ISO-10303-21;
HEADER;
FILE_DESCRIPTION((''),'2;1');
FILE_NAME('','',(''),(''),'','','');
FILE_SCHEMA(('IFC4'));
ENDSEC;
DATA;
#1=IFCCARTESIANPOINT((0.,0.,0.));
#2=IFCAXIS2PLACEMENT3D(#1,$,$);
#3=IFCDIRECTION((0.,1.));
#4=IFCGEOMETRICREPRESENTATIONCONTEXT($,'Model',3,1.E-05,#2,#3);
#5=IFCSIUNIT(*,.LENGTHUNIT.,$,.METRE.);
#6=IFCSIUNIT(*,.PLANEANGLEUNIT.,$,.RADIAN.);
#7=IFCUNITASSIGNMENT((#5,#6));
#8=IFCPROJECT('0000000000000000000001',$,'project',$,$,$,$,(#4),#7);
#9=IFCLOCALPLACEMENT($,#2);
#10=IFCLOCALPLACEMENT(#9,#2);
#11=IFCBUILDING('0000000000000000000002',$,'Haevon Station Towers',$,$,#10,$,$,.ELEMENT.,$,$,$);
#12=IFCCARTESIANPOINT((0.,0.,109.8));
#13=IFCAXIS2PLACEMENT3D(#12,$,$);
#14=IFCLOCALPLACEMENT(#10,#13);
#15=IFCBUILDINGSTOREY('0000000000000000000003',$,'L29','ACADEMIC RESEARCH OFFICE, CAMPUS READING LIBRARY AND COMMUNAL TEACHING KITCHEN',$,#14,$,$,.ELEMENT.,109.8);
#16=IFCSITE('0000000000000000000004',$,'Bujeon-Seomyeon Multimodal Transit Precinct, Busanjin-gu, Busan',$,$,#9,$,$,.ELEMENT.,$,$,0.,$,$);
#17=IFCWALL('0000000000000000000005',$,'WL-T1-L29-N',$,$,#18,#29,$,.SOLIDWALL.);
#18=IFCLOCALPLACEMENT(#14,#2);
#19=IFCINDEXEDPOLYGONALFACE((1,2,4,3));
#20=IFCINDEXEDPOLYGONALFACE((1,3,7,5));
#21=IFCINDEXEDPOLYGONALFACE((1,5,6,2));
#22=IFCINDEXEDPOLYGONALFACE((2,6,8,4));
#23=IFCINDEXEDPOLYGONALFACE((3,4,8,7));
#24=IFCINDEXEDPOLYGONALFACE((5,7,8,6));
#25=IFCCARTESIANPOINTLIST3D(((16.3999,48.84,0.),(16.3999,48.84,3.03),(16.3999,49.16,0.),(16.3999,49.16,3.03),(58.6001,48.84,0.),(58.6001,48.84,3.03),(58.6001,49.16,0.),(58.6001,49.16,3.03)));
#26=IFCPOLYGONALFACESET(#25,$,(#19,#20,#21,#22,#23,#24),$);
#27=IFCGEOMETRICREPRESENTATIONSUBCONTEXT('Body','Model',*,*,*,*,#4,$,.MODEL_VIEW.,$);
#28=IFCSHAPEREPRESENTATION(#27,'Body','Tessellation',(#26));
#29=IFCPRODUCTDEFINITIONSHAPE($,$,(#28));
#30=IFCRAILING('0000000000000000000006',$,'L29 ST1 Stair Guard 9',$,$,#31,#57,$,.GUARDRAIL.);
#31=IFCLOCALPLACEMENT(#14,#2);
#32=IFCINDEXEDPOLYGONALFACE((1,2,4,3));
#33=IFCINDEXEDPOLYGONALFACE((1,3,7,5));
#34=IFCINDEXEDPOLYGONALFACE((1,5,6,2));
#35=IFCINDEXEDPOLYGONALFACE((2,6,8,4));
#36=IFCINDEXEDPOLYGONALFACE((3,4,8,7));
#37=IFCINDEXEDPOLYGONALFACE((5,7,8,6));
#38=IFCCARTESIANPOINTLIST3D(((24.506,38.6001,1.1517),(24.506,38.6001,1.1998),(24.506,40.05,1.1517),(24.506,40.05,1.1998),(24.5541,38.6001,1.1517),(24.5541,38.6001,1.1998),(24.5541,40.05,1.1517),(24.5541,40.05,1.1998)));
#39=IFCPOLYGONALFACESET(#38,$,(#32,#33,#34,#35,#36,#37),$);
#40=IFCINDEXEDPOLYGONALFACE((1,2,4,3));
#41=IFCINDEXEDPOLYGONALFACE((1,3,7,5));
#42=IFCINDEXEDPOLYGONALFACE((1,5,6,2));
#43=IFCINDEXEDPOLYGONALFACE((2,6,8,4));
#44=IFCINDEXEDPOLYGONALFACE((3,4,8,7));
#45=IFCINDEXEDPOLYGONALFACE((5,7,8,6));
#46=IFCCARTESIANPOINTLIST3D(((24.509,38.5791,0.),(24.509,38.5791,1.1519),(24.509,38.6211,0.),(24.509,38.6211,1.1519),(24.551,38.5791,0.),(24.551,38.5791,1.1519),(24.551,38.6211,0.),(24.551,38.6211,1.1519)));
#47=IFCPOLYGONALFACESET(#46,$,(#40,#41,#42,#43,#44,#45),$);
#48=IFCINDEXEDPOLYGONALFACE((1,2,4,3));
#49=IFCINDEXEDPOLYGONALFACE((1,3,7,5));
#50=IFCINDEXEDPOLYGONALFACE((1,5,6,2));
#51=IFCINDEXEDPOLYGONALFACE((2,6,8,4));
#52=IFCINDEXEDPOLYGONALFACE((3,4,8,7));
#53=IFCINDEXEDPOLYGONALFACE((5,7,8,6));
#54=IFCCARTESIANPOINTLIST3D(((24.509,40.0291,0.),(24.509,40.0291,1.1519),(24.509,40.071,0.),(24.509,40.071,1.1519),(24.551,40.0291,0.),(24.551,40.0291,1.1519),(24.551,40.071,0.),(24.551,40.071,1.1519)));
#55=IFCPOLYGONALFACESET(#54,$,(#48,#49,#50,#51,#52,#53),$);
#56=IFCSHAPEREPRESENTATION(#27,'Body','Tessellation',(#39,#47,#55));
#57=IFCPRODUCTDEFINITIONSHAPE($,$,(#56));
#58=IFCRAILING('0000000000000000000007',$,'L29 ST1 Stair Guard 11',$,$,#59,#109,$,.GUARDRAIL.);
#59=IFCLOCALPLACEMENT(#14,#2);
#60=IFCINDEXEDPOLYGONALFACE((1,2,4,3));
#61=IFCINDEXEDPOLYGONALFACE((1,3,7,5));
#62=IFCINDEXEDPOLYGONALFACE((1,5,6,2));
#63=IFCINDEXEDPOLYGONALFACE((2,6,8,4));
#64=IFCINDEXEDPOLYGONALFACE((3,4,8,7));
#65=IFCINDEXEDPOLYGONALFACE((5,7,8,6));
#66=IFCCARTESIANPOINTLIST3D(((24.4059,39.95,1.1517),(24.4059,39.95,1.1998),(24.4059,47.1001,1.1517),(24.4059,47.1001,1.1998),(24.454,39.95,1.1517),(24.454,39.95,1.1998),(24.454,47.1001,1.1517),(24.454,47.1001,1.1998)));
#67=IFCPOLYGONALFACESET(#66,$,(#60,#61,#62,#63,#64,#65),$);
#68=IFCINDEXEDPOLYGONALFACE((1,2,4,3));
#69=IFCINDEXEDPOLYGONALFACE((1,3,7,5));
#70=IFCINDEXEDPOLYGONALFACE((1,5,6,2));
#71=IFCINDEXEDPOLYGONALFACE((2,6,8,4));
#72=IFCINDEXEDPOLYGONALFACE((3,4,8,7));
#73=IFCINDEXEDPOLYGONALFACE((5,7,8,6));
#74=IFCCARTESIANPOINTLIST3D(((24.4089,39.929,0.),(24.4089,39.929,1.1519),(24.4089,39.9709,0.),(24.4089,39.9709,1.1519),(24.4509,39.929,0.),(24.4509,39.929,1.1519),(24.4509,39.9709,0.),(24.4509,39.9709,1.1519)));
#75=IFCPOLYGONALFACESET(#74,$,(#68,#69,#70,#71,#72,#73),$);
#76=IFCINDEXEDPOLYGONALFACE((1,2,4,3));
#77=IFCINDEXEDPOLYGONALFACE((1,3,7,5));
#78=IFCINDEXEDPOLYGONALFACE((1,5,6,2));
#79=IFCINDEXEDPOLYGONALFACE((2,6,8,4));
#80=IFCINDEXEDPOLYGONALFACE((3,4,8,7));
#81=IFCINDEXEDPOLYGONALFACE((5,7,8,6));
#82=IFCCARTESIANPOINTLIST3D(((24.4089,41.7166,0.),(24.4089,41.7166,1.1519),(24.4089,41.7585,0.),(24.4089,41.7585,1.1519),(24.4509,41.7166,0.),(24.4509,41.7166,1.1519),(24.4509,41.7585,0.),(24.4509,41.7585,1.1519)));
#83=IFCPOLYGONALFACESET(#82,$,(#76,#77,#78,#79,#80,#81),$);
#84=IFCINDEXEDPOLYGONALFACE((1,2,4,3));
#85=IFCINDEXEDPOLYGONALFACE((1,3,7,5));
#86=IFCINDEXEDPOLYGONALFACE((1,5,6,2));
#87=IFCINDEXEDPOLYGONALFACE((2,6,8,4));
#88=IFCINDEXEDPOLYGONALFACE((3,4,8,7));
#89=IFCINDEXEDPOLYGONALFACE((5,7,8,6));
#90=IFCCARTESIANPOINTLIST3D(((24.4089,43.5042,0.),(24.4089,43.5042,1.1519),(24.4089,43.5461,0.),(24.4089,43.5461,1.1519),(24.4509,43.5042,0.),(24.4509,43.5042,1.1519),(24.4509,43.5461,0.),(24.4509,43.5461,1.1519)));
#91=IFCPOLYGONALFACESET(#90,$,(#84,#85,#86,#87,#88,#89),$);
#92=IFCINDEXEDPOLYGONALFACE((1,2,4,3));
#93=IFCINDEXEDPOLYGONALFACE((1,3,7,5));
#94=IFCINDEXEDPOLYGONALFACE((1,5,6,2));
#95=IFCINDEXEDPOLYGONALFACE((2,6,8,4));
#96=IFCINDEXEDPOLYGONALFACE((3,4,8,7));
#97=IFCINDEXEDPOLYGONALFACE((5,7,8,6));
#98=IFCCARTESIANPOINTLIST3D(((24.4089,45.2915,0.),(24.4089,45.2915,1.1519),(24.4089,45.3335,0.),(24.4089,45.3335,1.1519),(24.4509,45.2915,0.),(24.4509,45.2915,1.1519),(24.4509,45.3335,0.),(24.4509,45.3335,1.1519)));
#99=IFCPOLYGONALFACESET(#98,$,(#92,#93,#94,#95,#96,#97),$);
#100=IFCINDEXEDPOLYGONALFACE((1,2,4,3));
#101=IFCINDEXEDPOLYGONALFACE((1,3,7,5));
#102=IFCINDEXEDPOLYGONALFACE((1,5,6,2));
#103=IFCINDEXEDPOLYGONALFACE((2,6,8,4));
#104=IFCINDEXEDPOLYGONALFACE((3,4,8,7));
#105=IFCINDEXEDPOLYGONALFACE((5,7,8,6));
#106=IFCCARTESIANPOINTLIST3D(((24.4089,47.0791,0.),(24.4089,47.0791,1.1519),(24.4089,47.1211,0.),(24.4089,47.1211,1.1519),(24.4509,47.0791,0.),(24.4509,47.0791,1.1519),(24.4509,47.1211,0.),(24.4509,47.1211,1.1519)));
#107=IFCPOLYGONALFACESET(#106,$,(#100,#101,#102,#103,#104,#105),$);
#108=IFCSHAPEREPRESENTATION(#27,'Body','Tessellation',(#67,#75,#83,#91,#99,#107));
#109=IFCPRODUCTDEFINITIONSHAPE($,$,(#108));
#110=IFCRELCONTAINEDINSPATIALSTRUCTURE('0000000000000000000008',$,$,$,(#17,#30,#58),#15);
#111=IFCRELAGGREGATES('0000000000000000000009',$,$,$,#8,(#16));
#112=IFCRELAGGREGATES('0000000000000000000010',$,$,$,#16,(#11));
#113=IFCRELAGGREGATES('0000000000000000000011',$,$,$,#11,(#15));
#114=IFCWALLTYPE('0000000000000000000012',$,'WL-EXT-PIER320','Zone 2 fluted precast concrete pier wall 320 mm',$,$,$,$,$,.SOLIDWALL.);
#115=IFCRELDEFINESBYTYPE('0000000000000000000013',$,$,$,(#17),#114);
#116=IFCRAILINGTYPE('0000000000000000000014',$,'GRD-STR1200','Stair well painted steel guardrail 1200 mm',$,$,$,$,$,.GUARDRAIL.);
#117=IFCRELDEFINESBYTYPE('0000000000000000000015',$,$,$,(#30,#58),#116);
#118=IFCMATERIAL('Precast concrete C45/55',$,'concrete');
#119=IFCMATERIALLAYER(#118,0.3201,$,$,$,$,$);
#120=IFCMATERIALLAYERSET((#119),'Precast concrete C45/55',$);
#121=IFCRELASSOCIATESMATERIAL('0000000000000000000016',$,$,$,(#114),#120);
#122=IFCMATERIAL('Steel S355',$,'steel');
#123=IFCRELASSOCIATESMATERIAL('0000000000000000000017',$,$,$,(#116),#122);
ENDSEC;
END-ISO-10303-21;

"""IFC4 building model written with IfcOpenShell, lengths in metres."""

from ifc_helpers import new_model, si_unit, direction, frame, frame_2d, origin, origin_2d, place, context, subcontext, project, spatial, rectangle, extrude, material, layer, layer_set, type_object, element, save


model = new_model("IFC4")

# Units and contexts
model_context = context("Model", 3, precision=1e-05, world=origin(), true_north=direction((0.0, 1.0)))
body_context = subcontext(model_context, "Body", "Model", "MODEL_VIEW")
ifc_project = project(units=[si_unit("LENGTHUNIT", "METRE"), si_unit("PLANEANGLEUNIT", "RADIAN")], contexts=[model_context])

# Site, building, storey
site_placement = place(None, origin())
site = spatial("IfcSite", under=ifc_project, at=site_placement, Name="Bujeon-Seomyeon Multimodal Transit Precinct, Busanjin-gu, Busan", CompositionType="ELEMENT", RefElevation=0.0)
building_placement = place(site_placement, origin())
building = spatial("IfcBuilding", under=site, at=building_placement, Name="Haevon Station Towers", CompositionType="ELEMENT")
storey_placement = place(building_placement, frame((0.0, 0.0, 109.8)))
storey = spatial("IfcBuildingStorey", under=building, at=storey_placement, Name="L29", Description="ACADEMIC RESEARCH OFFICE, CAMPUS READING LIBRARY AND COMMUNAL TEACHING KITCHEN", CompositionType="ELEMENT", Elevation=109.8)

# Shared definitions
ifc_material_1 = material(Name="Steel S355", Category="steel")

# Wall
ifc_material_2 = material(Name="Precast concrete C45/55", Category="concrete")
ifc_layer_1 = layer(ifc_material_2, 0.3201)
ifc_layer_set_1 = layer_set([ifc_layer_1], Name="Precast concrete C45/55")
wall_type_1 = type_object("IfcWallType", Name="WL-EXT-PIER320", Description="Zone 2 fluted precast concrete pier wall 320 mm", PredefinedType="SOLIDWALL", material=ifc_layer_set_1)
wall_1_placement = place(storey_placement, frame((16.3999, 49.0, 0.0), z_axis=(0.0, 0.0, 1.0), x_axis=(1.0, 0.0, 0.0)))
element("IfcWall", 1, at=wall_1_placement, inside=storey, type_object=wall_type_1, Name="WL-T1-L29-N", PredefinedType="SOLIDWALL", context=body_context, shape_type="SweptSolid", body=[
    extrude(rectangle(XDim=42.2002, YDim=0.3201, at=frame_2d((21.1001, 0.0))), origin(), (0.0, 0.0, 1.0), 3.03),
])

# Railings
railing_type = type_object("IfcRailingType", Name="GRD-STR1200", Description="Stair well painted steel guardrail 1200 mm", PredefinedType="GUARDRAIL", material=ifc_material_1)
railing_1_placement = place(storey_placement, frame((24.53, 38.6001, 0.0)))
element("IfcRailing", 2, at=railing_1_placement, inside=storey, type_object=railing_type, Name="L29 ST1 Stair Guard 9", PredefinedType="GUARDRAIL", context=body_context, shape_type="SweptSolid", body=[
    extrude(rectangle(XDim=0.0481, YDim=0.0481, at=origin_2d()), frame((0.0, 0.0, 1.1758), z_axis=(0.0, 1.0, 0.0), x_axis=(-1.0, 0.0, 0.0)), (0.0, 0.0, 1.0), 1.45),
    extrude(rectangle(XDim=0.042, YDim=0.042, at=origin_2d()), origin(), (0.0, 0.0, 1.0), 1.1519),
    extrude(rectangle(XDim=0.042, YDim=0.042, at=origin_2d()), frame((0.0, 1.45, 0.0)), (0.0, 0.0, 1.0), 1.1519),
])
railing_2_placement = place(storey_placement, frame((24.4299, 39.95, 0.0)))
element("IfcRailing", 3, at=railing_2_placement, inside=storey, type_object=railing_type, Name="L29 ST1 Stair Guard 11", PredefinedType="GUARDRAIL", context=body_context, shape_type="SweptSolid", body=[
    extrude(rectangle(XDim=0.0481, YDim=0.0481, at=origin_2d()), frame((0.0, 0.0, 1.1758), z_axis=(0.0, 1.0, 0.0), x_axis=(-1.0, 0.0, 0.0)), (0.0, 0.0, 1.0), 7.1501),
    extrude(rectangle(XDim=0.042, YDim=0.042, at=origin_2d()), origin(), (0.0, 0.0, 1.0), 1.1519),
    extrude(rectangle(XDim=0.042, YDim=0.042, at=origin_2d()), frame((0.0, 1.7876, 0.0)), (0.0, 0.0, 1.0), 1.1519),
    extrude(rectangle(XDim=0.042, YDim=0.042, at=origin_2d()), frame((0.0, 3.5752, 0.0)), (0.0, 0.0, 1.0), 1.1519),
    extrude(rectangle(XDim=0.042, YDim=0.042, at=origin_2d()), frame((0.0, 5.3625, 0.0)), (0.0, 0.0, 1.0), 1.1519),
    extrude(rectangle(XDim=0.042, YDim=0.042, at=origin_2d()), frame((0.0, 7.1501, 0.0)), (0.0, 0.0, 1.0), 1.1519),
])

save(model, "model.ifc")
